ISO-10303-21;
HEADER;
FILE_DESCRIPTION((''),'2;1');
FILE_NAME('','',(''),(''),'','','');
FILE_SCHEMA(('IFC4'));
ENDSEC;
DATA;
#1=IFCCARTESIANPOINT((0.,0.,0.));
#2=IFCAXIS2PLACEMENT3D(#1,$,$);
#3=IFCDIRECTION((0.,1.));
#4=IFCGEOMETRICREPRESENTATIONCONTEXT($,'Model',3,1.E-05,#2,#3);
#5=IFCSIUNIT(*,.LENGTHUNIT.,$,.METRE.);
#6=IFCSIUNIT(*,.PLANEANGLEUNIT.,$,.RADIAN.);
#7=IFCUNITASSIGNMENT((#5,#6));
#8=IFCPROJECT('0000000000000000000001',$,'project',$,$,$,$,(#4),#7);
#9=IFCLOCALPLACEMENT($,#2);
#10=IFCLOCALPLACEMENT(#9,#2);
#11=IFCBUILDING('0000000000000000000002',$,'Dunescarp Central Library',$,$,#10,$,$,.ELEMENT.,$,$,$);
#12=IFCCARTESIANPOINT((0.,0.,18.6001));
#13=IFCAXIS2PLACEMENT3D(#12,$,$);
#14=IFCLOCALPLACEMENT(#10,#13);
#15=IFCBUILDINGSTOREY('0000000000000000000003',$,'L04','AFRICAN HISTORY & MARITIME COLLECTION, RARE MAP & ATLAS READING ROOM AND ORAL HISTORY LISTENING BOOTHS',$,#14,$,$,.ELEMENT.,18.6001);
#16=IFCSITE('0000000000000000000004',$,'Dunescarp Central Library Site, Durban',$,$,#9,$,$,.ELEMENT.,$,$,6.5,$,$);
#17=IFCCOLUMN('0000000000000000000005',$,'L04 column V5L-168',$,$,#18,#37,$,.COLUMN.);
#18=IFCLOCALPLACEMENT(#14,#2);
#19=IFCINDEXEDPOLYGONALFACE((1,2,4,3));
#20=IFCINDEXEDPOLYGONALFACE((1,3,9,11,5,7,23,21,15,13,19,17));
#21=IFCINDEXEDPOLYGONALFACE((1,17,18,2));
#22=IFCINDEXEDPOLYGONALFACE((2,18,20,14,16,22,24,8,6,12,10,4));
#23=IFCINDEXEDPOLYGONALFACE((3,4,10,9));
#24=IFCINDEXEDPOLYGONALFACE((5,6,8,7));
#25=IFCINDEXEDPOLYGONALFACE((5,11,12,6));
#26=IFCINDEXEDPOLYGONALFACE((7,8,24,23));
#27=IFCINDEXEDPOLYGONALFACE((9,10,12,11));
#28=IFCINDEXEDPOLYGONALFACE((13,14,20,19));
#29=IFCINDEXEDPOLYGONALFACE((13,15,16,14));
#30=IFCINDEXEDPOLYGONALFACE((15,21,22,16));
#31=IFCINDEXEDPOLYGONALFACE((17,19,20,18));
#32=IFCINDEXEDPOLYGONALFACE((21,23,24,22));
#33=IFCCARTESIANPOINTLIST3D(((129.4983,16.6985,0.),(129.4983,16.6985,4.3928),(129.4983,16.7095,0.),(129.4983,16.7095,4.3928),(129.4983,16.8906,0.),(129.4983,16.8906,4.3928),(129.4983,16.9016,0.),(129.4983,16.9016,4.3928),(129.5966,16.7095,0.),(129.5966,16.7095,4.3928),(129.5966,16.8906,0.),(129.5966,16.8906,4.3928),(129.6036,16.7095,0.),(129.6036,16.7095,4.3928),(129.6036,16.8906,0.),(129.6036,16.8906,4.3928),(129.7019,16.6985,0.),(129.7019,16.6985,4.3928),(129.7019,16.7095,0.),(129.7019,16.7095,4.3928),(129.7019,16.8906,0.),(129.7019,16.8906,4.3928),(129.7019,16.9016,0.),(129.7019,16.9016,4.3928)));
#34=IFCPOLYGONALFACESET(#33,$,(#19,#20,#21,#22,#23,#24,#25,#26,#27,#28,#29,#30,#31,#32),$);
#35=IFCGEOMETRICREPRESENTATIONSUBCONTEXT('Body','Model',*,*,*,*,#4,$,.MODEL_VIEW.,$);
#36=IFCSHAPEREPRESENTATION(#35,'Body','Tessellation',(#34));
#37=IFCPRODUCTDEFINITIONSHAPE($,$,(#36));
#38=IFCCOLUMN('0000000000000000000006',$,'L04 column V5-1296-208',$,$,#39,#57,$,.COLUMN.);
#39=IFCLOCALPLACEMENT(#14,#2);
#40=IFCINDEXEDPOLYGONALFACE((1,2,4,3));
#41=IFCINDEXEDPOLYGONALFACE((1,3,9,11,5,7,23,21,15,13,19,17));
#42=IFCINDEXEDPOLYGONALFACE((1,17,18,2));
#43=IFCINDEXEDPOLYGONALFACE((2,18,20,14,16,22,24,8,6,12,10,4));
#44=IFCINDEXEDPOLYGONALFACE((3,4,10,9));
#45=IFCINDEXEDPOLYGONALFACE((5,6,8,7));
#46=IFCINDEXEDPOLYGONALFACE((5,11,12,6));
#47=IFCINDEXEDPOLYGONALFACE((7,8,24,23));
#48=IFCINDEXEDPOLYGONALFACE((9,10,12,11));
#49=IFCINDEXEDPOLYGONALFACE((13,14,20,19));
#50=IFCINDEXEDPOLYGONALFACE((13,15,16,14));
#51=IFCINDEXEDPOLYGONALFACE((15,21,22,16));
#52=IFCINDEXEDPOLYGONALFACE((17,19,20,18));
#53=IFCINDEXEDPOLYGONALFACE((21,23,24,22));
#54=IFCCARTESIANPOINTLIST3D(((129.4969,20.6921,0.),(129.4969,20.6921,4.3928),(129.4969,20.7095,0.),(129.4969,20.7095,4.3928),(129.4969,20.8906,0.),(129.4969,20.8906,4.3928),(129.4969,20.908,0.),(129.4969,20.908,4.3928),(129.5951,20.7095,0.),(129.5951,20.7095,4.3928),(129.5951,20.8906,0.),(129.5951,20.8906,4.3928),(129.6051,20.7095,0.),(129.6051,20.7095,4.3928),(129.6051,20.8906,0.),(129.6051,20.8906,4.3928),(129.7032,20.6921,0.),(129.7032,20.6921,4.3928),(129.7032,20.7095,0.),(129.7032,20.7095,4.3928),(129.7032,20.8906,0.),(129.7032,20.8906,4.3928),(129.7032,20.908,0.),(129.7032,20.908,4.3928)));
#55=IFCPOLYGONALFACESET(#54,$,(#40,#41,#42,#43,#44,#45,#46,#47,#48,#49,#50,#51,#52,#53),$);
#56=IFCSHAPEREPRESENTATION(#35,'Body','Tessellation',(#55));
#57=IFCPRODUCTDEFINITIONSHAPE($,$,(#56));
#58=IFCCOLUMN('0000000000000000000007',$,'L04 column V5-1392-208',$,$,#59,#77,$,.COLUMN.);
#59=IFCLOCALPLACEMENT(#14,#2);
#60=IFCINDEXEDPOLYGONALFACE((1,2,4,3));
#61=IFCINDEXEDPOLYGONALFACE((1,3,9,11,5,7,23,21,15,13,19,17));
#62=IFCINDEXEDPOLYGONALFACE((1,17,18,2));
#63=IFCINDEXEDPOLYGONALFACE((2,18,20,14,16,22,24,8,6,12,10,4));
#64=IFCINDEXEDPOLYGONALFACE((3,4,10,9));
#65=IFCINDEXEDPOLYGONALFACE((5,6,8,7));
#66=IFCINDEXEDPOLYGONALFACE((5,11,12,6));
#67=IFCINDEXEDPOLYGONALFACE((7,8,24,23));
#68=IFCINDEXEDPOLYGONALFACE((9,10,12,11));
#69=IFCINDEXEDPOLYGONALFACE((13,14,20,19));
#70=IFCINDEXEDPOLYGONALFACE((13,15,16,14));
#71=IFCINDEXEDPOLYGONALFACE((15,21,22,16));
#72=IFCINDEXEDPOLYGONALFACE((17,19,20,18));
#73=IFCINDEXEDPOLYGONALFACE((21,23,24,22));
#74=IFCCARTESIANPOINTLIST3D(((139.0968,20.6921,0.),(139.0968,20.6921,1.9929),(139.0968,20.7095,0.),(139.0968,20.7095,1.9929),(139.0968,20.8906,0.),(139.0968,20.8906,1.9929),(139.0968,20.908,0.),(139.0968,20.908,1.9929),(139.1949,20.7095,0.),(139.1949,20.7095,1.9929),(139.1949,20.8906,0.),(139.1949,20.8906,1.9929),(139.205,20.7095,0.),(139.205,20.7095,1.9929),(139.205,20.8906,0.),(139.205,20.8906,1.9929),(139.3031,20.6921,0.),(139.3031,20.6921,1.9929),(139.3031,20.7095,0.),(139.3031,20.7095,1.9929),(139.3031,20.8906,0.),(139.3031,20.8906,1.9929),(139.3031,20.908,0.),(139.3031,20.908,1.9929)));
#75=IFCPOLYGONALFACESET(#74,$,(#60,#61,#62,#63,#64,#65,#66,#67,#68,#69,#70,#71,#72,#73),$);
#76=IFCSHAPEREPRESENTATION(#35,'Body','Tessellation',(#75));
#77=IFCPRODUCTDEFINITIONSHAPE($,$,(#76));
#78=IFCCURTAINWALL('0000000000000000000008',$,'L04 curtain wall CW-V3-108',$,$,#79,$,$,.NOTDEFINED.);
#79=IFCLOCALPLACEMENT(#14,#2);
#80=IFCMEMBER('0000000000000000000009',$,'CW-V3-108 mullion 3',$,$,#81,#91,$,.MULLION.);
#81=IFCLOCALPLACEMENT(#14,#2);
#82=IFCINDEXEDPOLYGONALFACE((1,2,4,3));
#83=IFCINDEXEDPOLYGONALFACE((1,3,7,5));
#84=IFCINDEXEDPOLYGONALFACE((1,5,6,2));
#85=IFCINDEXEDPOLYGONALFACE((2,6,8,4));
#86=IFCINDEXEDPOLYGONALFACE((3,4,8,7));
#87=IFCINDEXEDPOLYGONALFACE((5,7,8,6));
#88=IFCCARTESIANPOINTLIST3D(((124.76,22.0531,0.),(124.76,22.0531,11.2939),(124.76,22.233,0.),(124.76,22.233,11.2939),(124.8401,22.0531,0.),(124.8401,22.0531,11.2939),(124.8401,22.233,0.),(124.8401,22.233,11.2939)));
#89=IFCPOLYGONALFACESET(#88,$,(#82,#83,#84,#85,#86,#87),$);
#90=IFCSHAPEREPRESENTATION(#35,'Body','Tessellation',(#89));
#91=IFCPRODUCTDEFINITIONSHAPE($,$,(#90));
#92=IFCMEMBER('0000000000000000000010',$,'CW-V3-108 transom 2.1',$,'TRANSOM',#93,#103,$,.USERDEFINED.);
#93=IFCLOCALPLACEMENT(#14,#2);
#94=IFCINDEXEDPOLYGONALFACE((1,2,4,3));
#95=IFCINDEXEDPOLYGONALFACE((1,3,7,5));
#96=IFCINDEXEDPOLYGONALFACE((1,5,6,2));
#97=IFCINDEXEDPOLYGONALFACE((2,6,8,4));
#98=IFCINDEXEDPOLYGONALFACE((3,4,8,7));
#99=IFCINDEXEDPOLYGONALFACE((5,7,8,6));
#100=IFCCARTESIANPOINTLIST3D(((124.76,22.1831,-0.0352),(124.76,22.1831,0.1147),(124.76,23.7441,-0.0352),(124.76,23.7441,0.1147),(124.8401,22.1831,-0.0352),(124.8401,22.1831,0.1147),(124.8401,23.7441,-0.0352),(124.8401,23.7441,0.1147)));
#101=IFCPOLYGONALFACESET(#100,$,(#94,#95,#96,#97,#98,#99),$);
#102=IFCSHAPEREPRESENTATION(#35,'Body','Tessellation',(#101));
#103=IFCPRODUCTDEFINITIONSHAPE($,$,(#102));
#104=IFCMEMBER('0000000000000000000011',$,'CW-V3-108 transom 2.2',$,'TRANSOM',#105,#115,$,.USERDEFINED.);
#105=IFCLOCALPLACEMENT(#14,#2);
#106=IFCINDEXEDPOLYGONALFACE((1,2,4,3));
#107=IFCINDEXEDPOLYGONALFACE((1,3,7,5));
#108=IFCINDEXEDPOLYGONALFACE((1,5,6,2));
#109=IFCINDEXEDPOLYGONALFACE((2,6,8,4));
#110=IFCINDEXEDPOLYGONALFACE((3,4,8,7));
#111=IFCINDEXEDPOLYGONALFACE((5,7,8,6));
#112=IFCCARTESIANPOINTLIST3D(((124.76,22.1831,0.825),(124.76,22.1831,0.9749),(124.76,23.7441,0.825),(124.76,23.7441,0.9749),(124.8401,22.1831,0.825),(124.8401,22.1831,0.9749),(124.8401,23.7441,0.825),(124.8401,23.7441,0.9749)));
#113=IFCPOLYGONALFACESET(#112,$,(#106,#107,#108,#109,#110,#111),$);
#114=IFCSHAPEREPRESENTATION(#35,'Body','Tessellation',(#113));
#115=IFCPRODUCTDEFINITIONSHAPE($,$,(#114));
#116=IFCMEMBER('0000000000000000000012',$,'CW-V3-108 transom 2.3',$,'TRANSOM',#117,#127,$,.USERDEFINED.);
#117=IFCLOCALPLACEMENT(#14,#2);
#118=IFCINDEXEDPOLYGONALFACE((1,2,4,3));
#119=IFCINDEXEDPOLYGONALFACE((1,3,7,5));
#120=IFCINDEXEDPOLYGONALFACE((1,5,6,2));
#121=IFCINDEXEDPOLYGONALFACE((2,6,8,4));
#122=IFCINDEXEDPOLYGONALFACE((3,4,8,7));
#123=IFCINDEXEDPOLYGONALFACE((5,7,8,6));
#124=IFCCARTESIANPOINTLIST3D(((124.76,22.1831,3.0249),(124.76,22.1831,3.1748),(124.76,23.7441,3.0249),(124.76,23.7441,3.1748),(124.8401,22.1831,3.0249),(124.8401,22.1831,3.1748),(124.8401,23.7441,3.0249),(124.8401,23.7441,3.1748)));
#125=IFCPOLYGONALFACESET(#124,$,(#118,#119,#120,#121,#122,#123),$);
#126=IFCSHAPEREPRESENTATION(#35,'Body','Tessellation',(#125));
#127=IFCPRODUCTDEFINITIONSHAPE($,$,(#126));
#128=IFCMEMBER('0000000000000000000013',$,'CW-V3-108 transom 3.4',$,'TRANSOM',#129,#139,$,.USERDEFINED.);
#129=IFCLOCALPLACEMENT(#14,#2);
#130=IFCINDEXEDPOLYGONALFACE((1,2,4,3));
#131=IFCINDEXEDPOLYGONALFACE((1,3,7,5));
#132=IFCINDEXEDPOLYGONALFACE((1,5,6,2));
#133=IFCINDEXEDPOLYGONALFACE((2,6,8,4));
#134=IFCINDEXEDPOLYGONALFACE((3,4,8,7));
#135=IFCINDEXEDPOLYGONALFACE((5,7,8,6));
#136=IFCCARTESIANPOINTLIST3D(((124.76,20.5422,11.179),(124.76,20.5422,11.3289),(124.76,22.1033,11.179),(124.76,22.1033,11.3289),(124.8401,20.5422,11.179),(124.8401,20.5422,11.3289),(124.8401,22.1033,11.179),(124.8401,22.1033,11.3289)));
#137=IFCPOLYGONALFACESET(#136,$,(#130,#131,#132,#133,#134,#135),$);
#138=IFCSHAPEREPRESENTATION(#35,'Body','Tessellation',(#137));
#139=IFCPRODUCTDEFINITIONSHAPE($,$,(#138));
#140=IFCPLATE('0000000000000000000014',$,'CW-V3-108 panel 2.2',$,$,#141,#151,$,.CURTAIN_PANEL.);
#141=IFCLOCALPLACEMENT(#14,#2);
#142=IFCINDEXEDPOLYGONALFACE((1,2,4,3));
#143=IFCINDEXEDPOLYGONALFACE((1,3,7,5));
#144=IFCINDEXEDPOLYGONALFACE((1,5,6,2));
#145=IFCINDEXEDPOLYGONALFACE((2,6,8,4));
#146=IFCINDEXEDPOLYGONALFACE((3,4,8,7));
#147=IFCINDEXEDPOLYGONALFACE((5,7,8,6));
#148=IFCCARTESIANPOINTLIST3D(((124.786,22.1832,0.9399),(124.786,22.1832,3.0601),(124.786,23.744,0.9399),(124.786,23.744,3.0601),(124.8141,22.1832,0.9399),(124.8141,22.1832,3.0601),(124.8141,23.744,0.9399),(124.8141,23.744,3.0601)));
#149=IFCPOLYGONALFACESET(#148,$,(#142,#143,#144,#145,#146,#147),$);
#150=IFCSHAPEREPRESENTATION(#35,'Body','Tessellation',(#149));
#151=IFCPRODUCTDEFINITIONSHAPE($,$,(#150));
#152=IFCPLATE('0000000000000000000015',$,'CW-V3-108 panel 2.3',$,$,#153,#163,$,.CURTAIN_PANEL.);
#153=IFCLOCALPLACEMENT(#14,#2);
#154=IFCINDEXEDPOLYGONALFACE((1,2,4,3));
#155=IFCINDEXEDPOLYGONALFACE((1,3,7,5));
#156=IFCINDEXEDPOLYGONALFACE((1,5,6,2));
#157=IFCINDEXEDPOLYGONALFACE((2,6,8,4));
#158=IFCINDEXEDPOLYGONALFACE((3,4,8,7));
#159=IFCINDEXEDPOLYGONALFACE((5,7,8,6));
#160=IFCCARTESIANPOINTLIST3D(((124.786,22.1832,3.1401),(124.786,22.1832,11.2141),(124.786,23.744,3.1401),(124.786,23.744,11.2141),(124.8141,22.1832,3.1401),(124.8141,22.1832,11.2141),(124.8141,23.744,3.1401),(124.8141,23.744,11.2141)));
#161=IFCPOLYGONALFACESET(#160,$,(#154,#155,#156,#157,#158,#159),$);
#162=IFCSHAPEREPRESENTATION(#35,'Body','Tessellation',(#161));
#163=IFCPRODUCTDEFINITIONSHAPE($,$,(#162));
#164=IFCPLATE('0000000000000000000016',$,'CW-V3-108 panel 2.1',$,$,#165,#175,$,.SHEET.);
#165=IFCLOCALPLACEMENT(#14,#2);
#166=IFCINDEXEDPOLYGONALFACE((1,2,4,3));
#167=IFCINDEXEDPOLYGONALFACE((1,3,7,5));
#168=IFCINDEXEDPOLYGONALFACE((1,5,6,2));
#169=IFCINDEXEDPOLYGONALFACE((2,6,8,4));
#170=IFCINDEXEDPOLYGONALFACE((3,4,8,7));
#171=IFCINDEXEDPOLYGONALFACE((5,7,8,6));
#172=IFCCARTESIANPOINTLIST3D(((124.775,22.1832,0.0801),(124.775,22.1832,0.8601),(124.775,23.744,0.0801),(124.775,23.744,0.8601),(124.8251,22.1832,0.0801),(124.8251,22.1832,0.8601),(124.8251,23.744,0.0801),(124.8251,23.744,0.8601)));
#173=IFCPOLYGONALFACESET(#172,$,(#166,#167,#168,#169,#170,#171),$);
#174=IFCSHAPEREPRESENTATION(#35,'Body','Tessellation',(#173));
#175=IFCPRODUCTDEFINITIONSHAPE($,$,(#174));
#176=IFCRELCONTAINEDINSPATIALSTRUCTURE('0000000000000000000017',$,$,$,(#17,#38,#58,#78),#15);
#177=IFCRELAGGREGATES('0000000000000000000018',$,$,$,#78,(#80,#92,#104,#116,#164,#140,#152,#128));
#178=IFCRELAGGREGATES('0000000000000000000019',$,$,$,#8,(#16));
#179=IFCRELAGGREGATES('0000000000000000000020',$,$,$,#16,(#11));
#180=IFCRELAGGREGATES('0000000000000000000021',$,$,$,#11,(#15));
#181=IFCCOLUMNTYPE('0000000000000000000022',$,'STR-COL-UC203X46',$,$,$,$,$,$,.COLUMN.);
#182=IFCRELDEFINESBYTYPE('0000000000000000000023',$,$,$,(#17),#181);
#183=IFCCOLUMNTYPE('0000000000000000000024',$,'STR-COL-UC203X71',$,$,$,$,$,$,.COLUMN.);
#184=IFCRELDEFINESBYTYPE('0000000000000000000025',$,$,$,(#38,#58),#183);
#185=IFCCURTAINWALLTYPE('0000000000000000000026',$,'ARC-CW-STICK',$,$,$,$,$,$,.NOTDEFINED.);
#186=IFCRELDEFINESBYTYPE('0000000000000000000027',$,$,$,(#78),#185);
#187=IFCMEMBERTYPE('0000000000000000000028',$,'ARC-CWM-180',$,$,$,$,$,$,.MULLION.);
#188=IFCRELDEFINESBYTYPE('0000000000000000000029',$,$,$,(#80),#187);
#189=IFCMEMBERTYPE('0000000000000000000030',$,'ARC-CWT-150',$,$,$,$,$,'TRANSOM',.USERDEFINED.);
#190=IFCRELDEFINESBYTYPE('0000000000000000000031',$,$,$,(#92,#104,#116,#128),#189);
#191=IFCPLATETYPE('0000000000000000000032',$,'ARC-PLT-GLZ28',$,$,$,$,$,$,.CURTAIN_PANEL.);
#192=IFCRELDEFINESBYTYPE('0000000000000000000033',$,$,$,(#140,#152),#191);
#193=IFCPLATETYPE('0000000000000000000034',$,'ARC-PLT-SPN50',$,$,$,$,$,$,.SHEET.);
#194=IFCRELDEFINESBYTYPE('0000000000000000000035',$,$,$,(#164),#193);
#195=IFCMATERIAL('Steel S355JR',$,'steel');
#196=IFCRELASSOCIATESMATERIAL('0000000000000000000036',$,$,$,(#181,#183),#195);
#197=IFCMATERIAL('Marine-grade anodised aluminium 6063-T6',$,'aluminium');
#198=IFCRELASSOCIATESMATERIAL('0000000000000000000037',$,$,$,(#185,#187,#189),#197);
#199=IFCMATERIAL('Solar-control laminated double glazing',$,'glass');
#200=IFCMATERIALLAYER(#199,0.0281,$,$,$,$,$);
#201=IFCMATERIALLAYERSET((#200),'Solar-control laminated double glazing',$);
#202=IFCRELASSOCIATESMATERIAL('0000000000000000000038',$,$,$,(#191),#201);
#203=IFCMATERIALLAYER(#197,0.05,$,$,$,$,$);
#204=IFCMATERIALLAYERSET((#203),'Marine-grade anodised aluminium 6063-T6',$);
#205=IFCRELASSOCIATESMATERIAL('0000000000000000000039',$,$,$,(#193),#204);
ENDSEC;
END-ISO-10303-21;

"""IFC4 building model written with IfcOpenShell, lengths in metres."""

from ifc_helpers import new_model, si_unit, direction, frame, origin, origin_2d, place, context, subcontext, project, spatial, rectangle, i_section, extrude, material, layer, layer_set, material_profile, profile_set, type_object, element, aggregate, save


model = new_model("IFC4")

# Units and contexts
model_context = context("Model", 3, precision=1e-05, world=origin(), true_north=direction((0.0, 1.0)))
body_context = subcontext(model_context, "Body", "Model", "MODEL_VIEW")
ifc_project = project(units=[si_unit("LENGTHUNIT", "METRE"), si_unit("PLANEANGLEUNIT", "RADIAN")], contexts=[model_context])

# Site, building, storey
site_placement = place(None, origin())
site = spatial("IfcSite", under=ifc_project, at=site_placement, Name="Dunescarp Central Library Site, Durban", CompositionType="ELEMENT", RefElevation=6.5)
building_placement = place(site_placement, origin())
building = spatial("IfcBuilding", under=site, at=building_placement, Name="Dunescarp Central Library", CompositionType="ELEMENT")
storey_placement = place(building_placement, frame((0.0, 0.0, 18.6001)))
storey = spatial("IfcBuildingStorey", under=building, at=storey_placement, Name="L04", Description="AFRICAN HISTORY & MARITIME COLLECTION, RARE MAP & ATLAS READING ROOM AND ORAL HISTORY LISTENING BOOTHS", CompositionType="ELEMENT", Elevation=18.6001)

# Columns
ifc_material_1 = material(Name="Steel S355JR", Category="steel")
ifc_material_profile_1 = material_profile(ifc_material_1, i_section(OverallWidth=0.2036, OverallDepth=0.2031, WebThickness=0.0071, FlangeThickness=0.011, at=origin_2d()), Name="UC 203x203x46")
ifc_profile_set_1 = profile_set([ifc_material_profile_1], Name="Steel S355JR")
column_type_1 = type_object("IfcColumnType", Name="STR-COL-UC203X46", PredefinedType="COLUMN", material=ifc_profile_set_1)
column_1_placement = place(storey_placement, frame((129.6001, 16.8, 0.0), z_axis=(0.0, 0.0, 1.0), x_axis=(1.0, 0.0, 0.0)))
element("IfcColumn", 1, at=column_1_placement, inside=storey, type_object=column_type_1, Name="L04 column V5L-168", PredefinedType="COLUMN", context=body_context, shape_type="SweptSolid", body=[
    extrude(i_section(OverallWidth=0.2036, OverallDepth=0.2031, WebThickness=0.0071, FlangeThickness=0.011, at=origin_2d()), origin(), (0.0, 0.0, 1.0), 4.3928),
])
ifc_material_profile_2 = material_profile(ifc_material_1, i_section(OverallWidth=0.2063, OverallDepth=0.2158, WebThickness=0.01, FlangeThickness=0.0173, at=origin_2d()), Name="UC 203x203x71")
ifc_profile_set_2 = profile_set([ifc_material_profile_2], Name="Steel S355JR")
column_type_2 = type_object("IfcColumnType", Name="STR-COL-UC203X71", PredefinedType="COLUMN", material=ifc_profile_set_2)
column_2_placement = place(storey_placement, frame((129.6001, 20.8, 0.0), z_axis=(0.0, 0.0, 1.0), x_axis=(1.0, 0.0, 0.0)))
element("IfcColumn", 2, at=column_2_placement, inside=storey, type_object=column_type_2, Name="L04 column V5-1296-208", PredefinedType="COLUMN", context=body_context, shape_type="SweptSolid", body=[
    extrude(i_section(OverallWidth=0.2063, OverallDepth=0.2158, WebThickness=0.01, FlangeThickness=0.0173, at=origin_2d()), origin(), (0.0, 0.0, 1.0), 4.3928),
])
column_3_placement = place(storey_placement, frame((139.2, 20.8, 0.0), z_axis=(0.0, 0.0, 1.0), x_axis=(1.0, 0.0, 0.0)))
element("IfcColumn", 3, at=column_3_placement, inside=storey, type_object=column_type_2, Name="L04 column V5-1392-208", PredefinedType="COLUMN", context=body_context, shape_type="SweptSolid", body=[
    extrude(i_section(OverallWidth=0.2063, OverallDepth=0.2158, WebThickness=0.01, FlangeThickness=0.0173, at=origin_2d()), origin(), (0.0, 0.0, 1.0), 1.9929),
])

# Curtain wall, members, plates
ifc_material_2 = material(Name="Marine-grade anodised aluminium 6063-T6", Category="aluminium")
curtain_wall_type = type_object("IfcCurtainWallType", Name="ARC-CW-STICK", PredefinedType="NOTDEFINED", material=ifc_material_2)
curtain_wall_placement = place(storey_placement, origin())
curtain_wall = element("IfcCurtainWall", 4, at=curtain_wall_placement, inside=storey, type_object=curtain_wall_type, Name="L04 curtain wall CW-V3-108", PredefinedType="NOTDEFINED")
ifc_material_profile_3 = material_profile(ifc_material_2, rectangle(XDim=0.0801, YDim=0.1799, at=origin_2d()), Name="AL 80x180")
ifc_profile_set_3 = profile_set([ifc_material_profile_3], Name="Marine-grade anodised aluminium 6063-T6")
member_type_1 = type_object("IfcMemberType", Name="ARC-CWM-180", PredefinedType="MULLION", material=ifc_profile_set_3)
member_1_placement = place(storey_placement, frame((124.8, 22.1431, 0.0), z_axis=(0.0, 0.0, 1.0), x_axis=(1.0, 0.0, 0.0)))
member_1 = element("IfcMember", 5, at=member_1_placement, type_object=member_type_1, Name="CW-V3-108 mullion 3", PredefinedType="MULLION", context=body_context, shape_type="SweptSolid", body=[
    extrude(rectangle(XDim=0.0801, YDim=0.1799, at=origin_2d()), origin(), (0.0, 0.0, 1.0), 11.2939),
])
ifc_material_profile_4 = material_profile(ifc_material_2, rectangle(XDim=0.0801, YDim=0.1499, at=origin_2d()), Name="AL 80x150")
ifc_profile_set_4 = profile_set([ifc_material_profile_4], Name="Marine-grade anodised aluminium 6063-T6")
member_type_2 = type_object("IfcMemberType", Name="ARC-CWT-150", ElementType="TRANSOM", PredefinedType="USERDEFINED", material=ifc_profile_set_4)
member_2_placement = place(storey_placement, frame((124.8, 23.7441, 0.0398), z_axis=(0.0, -1.0, 0.0), x_axis=(1.0, 0.0, 0.0)))
member_2 = element("IfcMember", 6, at=member_2_placement, type_object=member_type_2, Name="CW-V3-108 transom 2.1", ObjectType="TRANSOM", PredefinedType="USERDEFINED", context=body_context, shape_type="SweptSolid", body=[
    extrude(rectangle(XDim=0.0801, YDim=0.1499, at=origin_2d()), origin(), (0.0, 0.0, 1.0), 1.561),
])
member_3_placement = place(storey_placement, frame((124.8, 23.7441, 0.8999), z_axis=(0.0, -1.0, 0.0), x_axis=(1.0, 0.0, 0.0)))
member_3 = element("IfcMember", 7, at=member_3_placement, type_object=member_type_2, Name="CW-V3-108 transom 2.2", ObjectType="TRANSOM", PredefinedType="USERDEFINED", context=body_context, shape_type="SweptSolid", body=[
    extrude(rectangle(XDim=0.0801, YDim=0.1499, at=origin_2d()), origin(), (0.0, 0.0, 1.0), 1.561),
])
member_4_placement = place(storey_placement, frame((124.8, 23.7441, 3.0999), z_axis=(0.0, -1.0, 0.0), x_axis=(1.0, 0.0, 0.0)))
member_4 = element("IfcMember", 8, at=member_4_placement, type_object=member_type_2, Name="CW-V3-108 transom 2.3", ObjectType="TRANSOM", PredefinedType="USERDEFINED", context=body_context, shape_type="SweptSolid", body=[
    extrude(rectangle(XDim=0.0801, YDim=0.1499, at=origin_2d()), origin(), (0.0, 0.0, 1.0), 1.561),
])
member_5_placement = place(storey_placement, frame((124.8, 22.1033, 11.2539), z_axis=(0.0, -1.0, 0.0), x_axis=(1.0, 0.0, 0.0)))
member_5 = element("IfcMember", 9, at=member_5_placement, type_object=member_type_2, Name="CW-V3-108 transom 3.4", ObjectType="TRANSOM", PredefinedType="USERDEFINED", context=body_context, shape_type="SweptSolid", body=[
    extrude(rectangle(XDim=0.0801, YDim=0.1499, at=origin_2d()), origin(), (0.0, 0.0, 1.0), 1.561),
])
ifc_material_3 = material(Name="Solar-control laminated double glazing", Category="glass")
ifc_layer_1 = layer(ifc_material_3, 0.0281)
ifc_layer_set_1 = layer_set([ifc_layer_1], Name="Solar-control laminated double glazing")
plate_type_1 = type_object("IfcPlateType", Name="ARC-PLT-GLZ28", PredefinedType="CURTAIN_PANEL", material=ifc_layer_set_1)
plate_1_placement = place(storey_placement, frame((124.8, 22.9636, 0.9399), z_axis=(0.0, 0.0, 1.0), x_axis=(0.0, -1.0, 0.0)))
plate_1 = element("IfcPlate", 10, at=plate_1_placement, type_object=plate_type_1, Name="CW-V3-108 panel 2.2", PredefinedType="CURTAIN_PANEL", context=body_context, shape_type="SweptSolid", body=[
    extrude(rectangle(XDim=1.5608, YDim=0.0281, at=origin_2d()), origin(), (0.0, 0.0, 1.0), 2.1201),
])
plate_2_placement = place(storey_placement, frame((124.8, 22.9636, 3.1401), z_axis=(0.0, 0.0, 1.0), x_axis=(0.0, -1.0, 0.0)))
plate_2 = element("IfcPlate", 11, at=plate_2_placement, type_object=plate_type_1, Name="CW-V3-108 panel 2.3", PredefinedType="CURTAIN_PANEL", context=body_context, shape_type="SweptSolid", body=[
    extrude(rectangle(XDim=1.5608, YDim=0.0281, at=origin_2d()), origin(), (0.0, 0.0, 1.0), 8.074),
])
ifc_layer_2 = layer(ifc_material_2, 0.05)
ifc_layer_set_2 = layer_set([ifc_layer_2], Name="Marine-grade anodised aluminium 6063-T6")
plate_type_2 = type_object("IfcPlateType", Name="ARC-PLT-SPN50", PredefinedType="SHEET", material=ifc_layer_set_2)
plate_3_placement = place(storey_placement, frame((124.8, 22.9636, 0.0801), z_axis=(0.0, 0.0, 1.0), x_axis=(0.0, -1.0, 0.0)))
plate_3 = element("IfcPlate", 12, at=plate_3_placement, type_object=plate_type_2, Name="CW-V3-108 panel 2.1", PredefinedType="SHEET", context=body_context, shape_type="SweptSolid", body=[
    extrude(rectangle(XDim=1.5608, YDim=0.05, at=origin_2d()), origin(), (0.0, 0.0, 1.0), 0.78),
])
aggregate(curtain_wall, [member_1, member_2, member_3, member_4, plate_3, plate_1, plate_2, member_5])

save(model, "model.ifc")
